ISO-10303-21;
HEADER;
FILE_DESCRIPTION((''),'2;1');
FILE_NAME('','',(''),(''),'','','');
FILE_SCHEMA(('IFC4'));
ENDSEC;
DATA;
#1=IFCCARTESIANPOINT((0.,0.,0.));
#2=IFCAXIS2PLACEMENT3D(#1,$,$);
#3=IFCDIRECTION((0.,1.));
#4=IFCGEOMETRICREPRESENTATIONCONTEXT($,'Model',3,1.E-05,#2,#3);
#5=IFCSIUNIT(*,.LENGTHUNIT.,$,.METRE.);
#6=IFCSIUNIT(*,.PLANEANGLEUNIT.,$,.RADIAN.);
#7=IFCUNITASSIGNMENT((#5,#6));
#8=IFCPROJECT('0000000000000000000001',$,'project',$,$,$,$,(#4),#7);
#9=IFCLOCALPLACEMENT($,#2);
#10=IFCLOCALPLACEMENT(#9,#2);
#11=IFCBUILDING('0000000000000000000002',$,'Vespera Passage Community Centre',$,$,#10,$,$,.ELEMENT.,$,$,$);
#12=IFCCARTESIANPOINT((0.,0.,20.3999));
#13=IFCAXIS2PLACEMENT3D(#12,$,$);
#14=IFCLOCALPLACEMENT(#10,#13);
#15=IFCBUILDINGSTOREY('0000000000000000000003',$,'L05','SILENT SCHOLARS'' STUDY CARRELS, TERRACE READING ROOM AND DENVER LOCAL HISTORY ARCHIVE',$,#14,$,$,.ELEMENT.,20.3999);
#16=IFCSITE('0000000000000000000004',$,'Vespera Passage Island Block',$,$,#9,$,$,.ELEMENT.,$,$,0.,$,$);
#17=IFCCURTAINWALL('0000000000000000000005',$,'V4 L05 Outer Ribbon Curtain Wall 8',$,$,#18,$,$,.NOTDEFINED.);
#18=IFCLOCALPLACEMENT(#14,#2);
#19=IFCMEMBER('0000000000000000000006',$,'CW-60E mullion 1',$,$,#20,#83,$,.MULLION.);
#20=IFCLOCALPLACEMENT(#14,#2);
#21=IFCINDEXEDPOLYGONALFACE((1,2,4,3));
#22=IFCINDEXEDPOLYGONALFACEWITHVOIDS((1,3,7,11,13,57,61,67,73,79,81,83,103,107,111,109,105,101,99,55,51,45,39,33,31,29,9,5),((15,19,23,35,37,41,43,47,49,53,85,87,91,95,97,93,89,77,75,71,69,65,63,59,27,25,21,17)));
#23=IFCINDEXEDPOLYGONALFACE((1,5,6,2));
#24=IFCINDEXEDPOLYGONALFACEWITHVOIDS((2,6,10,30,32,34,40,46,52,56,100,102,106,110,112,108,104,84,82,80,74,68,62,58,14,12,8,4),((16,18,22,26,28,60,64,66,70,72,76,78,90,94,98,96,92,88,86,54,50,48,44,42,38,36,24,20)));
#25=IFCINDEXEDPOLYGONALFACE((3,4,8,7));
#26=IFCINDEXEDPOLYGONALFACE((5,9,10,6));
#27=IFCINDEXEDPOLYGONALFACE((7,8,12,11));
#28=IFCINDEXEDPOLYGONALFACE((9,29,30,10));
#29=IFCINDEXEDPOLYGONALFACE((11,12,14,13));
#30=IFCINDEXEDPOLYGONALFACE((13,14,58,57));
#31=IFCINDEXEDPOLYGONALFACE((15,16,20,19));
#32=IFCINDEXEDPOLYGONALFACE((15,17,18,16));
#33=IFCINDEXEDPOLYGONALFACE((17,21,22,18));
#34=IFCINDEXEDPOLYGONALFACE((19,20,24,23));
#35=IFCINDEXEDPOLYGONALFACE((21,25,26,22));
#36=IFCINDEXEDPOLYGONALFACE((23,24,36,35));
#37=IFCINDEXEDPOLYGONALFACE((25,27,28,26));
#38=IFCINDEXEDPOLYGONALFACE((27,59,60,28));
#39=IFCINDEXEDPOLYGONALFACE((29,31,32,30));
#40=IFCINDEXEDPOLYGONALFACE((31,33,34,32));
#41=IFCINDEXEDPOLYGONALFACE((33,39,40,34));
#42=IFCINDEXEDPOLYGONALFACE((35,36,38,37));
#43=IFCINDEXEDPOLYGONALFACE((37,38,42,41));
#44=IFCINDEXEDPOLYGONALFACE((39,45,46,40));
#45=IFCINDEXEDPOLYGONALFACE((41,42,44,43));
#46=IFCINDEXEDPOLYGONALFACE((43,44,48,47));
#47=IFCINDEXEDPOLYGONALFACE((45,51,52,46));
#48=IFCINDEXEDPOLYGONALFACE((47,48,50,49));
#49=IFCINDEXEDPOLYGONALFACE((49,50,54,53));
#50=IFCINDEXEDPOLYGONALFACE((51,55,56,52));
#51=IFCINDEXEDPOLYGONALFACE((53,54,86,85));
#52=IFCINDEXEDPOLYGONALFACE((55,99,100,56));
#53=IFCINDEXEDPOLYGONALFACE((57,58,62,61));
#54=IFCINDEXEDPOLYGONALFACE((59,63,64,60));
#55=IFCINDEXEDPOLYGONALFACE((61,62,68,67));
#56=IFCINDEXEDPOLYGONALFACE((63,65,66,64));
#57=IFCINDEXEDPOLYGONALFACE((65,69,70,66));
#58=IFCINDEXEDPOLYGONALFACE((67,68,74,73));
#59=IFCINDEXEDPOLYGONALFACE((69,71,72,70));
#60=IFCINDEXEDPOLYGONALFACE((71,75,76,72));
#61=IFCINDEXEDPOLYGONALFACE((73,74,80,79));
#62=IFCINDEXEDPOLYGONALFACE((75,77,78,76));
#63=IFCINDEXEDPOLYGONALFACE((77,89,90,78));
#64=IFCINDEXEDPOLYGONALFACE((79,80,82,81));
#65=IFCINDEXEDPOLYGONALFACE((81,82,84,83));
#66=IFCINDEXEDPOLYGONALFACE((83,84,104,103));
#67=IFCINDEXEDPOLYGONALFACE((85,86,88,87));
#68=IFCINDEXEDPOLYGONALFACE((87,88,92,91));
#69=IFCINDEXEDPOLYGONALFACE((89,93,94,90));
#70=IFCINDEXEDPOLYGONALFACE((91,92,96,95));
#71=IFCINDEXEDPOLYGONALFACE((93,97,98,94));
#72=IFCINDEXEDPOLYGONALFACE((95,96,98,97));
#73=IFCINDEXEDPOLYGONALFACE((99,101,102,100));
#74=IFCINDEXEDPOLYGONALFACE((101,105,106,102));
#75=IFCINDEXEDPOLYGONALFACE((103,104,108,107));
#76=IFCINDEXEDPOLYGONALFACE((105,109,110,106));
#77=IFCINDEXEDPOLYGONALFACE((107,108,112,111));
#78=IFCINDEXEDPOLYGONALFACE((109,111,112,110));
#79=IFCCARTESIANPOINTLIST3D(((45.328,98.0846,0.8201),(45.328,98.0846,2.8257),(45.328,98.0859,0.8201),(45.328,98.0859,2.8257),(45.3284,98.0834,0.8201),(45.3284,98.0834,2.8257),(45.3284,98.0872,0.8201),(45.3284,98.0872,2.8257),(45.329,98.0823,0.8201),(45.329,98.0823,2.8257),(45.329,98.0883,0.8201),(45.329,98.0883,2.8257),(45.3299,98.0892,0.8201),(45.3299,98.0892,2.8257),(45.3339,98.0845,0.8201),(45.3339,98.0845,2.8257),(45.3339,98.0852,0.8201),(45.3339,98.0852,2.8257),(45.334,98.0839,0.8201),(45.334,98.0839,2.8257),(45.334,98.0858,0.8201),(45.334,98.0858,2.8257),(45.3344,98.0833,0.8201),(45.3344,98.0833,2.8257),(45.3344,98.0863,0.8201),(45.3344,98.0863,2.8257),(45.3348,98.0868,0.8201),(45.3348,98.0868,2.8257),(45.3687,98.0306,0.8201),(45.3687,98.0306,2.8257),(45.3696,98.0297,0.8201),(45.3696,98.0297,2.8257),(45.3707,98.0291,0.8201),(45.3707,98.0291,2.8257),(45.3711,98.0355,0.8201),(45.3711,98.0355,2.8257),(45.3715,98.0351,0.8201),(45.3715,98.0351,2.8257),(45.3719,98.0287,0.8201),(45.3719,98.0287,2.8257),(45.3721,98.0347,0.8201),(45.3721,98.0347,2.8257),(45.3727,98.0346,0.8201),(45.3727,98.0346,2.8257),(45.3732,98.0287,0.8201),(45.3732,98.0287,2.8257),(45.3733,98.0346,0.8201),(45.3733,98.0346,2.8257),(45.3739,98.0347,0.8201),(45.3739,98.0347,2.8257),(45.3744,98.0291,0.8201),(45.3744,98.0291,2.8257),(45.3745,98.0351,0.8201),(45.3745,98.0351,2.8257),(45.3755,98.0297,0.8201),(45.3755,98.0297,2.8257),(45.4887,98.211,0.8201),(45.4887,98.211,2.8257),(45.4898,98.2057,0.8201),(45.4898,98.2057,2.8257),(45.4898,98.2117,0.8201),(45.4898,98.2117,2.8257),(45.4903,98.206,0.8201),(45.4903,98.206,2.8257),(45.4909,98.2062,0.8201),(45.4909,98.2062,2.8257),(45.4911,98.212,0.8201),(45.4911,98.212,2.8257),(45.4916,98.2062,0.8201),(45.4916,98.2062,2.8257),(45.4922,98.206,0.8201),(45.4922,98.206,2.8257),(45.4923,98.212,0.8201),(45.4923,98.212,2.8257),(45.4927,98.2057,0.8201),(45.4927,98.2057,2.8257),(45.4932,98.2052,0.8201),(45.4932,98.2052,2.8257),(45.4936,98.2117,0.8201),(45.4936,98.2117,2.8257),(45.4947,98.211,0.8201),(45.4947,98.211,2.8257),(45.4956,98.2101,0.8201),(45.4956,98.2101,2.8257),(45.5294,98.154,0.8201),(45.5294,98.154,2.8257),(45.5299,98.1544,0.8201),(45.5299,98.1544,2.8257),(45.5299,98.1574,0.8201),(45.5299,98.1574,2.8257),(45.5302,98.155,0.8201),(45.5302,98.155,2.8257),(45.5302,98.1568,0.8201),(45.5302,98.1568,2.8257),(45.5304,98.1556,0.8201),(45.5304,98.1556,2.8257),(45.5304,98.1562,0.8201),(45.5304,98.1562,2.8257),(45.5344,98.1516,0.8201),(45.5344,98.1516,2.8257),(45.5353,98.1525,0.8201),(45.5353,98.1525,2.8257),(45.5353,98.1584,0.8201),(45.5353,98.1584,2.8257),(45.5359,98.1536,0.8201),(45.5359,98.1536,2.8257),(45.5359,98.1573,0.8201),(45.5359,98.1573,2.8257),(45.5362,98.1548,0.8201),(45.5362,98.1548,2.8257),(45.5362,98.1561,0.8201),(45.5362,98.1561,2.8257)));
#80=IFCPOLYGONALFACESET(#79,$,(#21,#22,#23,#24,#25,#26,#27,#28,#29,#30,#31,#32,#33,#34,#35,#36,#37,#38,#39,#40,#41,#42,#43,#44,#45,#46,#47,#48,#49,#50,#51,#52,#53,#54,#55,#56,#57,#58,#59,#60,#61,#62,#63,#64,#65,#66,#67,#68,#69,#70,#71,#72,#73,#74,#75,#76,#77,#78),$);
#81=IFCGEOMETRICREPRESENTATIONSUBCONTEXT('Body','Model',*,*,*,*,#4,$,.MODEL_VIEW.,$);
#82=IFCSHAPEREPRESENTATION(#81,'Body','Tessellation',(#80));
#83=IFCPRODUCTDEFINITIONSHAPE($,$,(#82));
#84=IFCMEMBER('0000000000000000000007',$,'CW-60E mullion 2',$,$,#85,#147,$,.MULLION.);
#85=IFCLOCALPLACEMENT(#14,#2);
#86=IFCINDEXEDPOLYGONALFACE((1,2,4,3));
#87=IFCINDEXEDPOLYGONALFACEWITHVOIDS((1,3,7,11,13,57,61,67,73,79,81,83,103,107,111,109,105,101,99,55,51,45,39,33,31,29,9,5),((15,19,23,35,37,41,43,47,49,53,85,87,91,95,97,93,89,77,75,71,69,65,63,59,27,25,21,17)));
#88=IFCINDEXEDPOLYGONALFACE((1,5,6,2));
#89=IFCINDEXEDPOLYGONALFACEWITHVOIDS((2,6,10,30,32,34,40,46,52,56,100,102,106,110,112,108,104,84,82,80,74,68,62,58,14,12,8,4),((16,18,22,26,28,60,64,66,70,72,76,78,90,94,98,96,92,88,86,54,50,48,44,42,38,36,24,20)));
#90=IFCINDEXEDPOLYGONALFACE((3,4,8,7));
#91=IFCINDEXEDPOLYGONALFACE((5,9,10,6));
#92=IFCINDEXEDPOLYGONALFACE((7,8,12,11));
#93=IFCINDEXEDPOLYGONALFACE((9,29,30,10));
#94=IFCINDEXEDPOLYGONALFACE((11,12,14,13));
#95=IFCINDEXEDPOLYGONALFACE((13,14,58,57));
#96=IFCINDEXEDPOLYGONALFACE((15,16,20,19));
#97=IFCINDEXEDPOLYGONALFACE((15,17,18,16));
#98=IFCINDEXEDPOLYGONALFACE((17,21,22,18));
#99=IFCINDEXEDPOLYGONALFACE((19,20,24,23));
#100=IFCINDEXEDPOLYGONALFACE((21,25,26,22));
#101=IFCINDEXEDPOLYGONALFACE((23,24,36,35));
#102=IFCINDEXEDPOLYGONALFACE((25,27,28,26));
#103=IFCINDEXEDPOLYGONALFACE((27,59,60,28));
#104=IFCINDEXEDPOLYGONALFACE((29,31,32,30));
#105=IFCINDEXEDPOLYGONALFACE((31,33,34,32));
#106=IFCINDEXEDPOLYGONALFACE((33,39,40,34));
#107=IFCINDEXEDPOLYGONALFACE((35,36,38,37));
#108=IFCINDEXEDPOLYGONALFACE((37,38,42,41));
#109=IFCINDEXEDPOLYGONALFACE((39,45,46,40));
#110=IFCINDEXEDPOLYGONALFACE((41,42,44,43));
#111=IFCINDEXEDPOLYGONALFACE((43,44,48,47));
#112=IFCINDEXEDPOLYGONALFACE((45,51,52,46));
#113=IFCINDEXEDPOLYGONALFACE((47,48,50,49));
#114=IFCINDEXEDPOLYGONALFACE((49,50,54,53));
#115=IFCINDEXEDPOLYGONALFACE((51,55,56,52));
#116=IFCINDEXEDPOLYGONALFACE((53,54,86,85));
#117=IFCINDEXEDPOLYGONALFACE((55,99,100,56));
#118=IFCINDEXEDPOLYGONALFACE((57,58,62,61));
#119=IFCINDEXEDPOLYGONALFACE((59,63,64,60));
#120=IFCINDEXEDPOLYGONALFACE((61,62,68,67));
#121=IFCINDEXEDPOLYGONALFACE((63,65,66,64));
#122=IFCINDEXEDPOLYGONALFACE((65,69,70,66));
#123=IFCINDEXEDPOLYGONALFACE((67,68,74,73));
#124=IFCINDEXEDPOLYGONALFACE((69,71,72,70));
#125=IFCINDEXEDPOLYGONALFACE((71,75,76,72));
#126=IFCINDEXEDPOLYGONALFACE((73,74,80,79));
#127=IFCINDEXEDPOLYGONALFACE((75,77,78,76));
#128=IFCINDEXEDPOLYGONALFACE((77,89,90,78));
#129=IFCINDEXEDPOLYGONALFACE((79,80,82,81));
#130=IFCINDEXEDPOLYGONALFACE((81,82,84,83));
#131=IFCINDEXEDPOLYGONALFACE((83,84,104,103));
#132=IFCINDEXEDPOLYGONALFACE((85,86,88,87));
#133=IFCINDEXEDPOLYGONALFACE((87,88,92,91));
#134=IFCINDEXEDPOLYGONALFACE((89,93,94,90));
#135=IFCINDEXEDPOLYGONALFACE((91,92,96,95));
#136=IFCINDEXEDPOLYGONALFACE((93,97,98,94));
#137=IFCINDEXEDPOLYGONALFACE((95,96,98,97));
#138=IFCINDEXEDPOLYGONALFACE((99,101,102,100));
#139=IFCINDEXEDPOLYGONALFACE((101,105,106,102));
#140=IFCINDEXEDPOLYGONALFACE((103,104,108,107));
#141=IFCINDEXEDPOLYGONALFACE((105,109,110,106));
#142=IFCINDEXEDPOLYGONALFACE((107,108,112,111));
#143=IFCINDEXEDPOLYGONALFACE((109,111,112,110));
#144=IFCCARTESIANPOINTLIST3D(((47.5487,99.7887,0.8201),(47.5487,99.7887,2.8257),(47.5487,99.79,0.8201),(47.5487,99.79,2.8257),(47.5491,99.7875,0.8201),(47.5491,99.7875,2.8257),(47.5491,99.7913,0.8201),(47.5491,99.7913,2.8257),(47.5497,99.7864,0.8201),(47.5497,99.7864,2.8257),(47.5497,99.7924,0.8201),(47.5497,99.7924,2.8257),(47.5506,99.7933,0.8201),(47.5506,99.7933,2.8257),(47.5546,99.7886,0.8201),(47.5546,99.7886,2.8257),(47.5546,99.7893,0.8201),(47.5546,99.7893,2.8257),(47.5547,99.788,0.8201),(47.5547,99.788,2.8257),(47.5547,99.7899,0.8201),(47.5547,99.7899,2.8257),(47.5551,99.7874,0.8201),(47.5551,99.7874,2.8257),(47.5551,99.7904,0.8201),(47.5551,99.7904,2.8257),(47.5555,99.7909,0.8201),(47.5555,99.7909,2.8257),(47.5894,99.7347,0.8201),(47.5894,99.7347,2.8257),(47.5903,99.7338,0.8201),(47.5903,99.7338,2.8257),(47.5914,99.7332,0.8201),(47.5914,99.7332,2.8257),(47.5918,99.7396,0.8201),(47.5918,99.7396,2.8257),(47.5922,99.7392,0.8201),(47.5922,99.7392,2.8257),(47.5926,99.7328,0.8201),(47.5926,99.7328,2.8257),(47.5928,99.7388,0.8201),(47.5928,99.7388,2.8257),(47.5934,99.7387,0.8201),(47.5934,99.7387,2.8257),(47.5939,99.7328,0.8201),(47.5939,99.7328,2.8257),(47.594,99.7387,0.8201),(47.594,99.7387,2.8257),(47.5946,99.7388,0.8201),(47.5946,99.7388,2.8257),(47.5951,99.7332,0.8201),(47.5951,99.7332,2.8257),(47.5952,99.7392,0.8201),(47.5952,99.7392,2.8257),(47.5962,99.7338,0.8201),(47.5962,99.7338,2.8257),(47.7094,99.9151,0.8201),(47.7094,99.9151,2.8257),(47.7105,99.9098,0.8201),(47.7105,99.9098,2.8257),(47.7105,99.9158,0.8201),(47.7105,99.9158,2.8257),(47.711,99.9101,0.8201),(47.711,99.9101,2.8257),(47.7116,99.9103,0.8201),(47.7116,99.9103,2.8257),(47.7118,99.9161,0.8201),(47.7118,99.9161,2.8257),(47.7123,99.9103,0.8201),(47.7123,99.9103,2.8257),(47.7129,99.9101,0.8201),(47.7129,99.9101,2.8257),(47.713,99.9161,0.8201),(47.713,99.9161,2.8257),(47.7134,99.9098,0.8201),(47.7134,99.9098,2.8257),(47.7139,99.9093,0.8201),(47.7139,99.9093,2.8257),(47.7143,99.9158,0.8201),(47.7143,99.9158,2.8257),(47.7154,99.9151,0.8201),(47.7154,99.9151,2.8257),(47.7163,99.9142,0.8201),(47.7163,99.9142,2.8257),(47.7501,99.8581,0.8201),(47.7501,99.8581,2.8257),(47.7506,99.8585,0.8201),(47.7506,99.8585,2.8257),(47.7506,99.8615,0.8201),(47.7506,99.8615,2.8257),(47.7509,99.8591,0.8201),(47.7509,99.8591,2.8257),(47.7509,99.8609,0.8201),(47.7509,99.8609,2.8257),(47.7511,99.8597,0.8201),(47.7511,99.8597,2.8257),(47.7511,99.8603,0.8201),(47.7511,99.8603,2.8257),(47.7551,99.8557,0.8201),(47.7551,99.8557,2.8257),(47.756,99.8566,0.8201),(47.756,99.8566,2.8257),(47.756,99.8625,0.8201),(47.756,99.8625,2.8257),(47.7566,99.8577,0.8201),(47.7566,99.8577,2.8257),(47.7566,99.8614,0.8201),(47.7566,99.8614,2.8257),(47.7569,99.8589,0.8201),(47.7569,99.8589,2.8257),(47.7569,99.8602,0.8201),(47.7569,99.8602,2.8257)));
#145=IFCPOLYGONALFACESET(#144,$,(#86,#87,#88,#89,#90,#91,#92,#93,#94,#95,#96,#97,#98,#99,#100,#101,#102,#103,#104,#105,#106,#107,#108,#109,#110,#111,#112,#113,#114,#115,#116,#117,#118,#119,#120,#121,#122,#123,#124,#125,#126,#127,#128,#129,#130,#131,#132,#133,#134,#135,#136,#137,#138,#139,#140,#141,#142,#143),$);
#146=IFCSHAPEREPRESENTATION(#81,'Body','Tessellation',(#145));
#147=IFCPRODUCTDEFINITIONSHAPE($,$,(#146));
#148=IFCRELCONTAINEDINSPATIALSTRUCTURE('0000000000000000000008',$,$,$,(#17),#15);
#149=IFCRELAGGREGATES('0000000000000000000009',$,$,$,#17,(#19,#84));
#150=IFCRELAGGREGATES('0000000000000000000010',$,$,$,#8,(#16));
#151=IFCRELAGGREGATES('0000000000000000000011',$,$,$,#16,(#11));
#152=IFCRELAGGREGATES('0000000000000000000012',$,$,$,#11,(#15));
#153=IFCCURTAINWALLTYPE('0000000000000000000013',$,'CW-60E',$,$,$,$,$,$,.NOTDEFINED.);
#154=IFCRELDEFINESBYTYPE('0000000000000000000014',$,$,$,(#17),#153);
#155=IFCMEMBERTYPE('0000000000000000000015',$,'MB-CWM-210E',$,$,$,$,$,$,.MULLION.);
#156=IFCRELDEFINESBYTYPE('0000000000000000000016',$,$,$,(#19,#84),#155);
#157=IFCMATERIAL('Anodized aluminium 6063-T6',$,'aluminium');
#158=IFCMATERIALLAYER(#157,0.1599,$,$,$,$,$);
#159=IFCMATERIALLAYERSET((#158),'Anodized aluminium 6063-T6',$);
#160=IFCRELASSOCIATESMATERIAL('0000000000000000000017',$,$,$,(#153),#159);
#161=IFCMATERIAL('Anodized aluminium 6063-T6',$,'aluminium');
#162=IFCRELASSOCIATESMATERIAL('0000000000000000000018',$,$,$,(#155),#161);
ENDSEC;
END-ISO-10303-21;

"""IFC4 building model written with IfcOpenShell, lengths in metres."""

from ifc_helpers import new_model, si_unit, direction, frame, origin, origin_2d, place, context, subcontext, project, spatial, hollow_rectangle, extrude, material, layer, layer_set, material_profile, profile_set, type_object, element, aggregate, save


model = new_model("IFC4")

# Units and contexts
model_context = context("Model", 3, precision=1e-05, world=origin(), true_north=direction((0.0, 1.0)))
body_context = subcontext(model_context, "Body", "Model", "MODEL_VIEW")
ifc_project = project(units=[si_unit("LENGTHUNIT", "METRE"), si_unit("PLANEANGLEUNIT", "RADIAN")], contexts=[model_context])

# Site, building, storey
site_placement = place(None, origin())
site = spatial("IfcSite", under=ifc_project, at=site_placement, Name="Vespera Passage Island Block", CompositionType="ELEMENT", RefElevation=0.0)
building_placement = place(site_placement, origin())
building = spatial("IfcBuilding", under=site, at=building_placement, Name="Vespera Passage Community Centre", CompositionType="ELEMENT")
storey_placement = place(building_placement, frame((0.0, 0.0, 20.3999)))
storey = spatial("IfcBuildingStorey", under=building, at=storey_placement, Name="L05", Description="SILENT SCHOLARS' STUDY CARRELS, TERRACE READING ROOM AND DENVER LOCAL HISTORY ARCHIVE", CompositionType="ELEMENT", Elevation=20.3999)

# Curtain wall, members
ifc_material_1 = material(Name="Anodized aluminium 6063-T6", Category="aluminium")
ifc_layer_1 = layer(ifc_material_1, 0.1599)
ifc_layer_set_1 = layer_set([ifc_layer_1], Name="Anodized aluminium 6063-T6")
curtain_wall_type_1 = type_object("IfcCurtainWallType", Name="CW-60E", PredefinedType="NOTDEFINED", material=ifc_layer_set_1)
curtain_wall_1_placement = place(storey_placement, origin())
curtain_wall_1 = element("IfcCurtainWall", 1, at=curtain_wall_1_placement, inside=storey, type_object=curtain_wall_type_1, Name="V4 L05 Outer Ribbon Curtain Wall 8", PredefinedType="NOTDEFINED")
ifc_material_2 = material(Name="Anodized aluminium 6063-T6", Category="aluminium")
ifc_material_profile_1 = material_profile(ifc_material_2, hollow_rectangle(XDim=0.075, YDim=0.21, WallThickness=0.0049, InnerFilletRadius=0.0024, OuterFilletRadius=0.0049, at=origin_2d()), Name="ALU210X75X5")
ifc_profile_set_1 = profile_set([ifc_material_profile_1], Name="Anodized aluminium 6063-T6")
member_type_1 = type_object("IfcMemberType", Name="MB-CWM-210E", PredefinedType="MULLION", material=ifc_profile_set_1)
member_1_placement = place(storey_placement, frame((45.4321, 98.1204, 0.8201), z_axis=(0.0, 0.0, 1.0), x_axis=(-0.608768, 0.793348, 0.0)))
member_1 = element("IfcMember", 2, at=member_1_placement, type_object=member_type_1, Name="CW-60E mullion 1", PredefinedType="MULLION", context=body_context, shape_type="SweptSolid", body=[
    extrude(hollow_rectangle(XDim=0.075, YDim=0.21, WallThickness=0.0049, InnerFilletRadius=0.0024, OuterFilletRadius=0.0049, at=origin_2d()), origin(), (0.0, 0.0, 1.0), 2.0056),
])
member_2_placement = place(storey_placement, frame((47.6528, 99.8245, 0.8201), z_axis=(0.0, 0.0, 1.0), x_axis=(-0.608768, 0.793348, 0.0)))
member_2 = element("IfcMember", 3, at=member_2_placement, type_object=member_type_1, Name="CW-60E mullion 2", PredefinedType="MULLION", context=body_context, shape_type="SweptSolid", body=[
    extrude(hollow_rectangle(XDim=0.075, YDim=0.21, WallThickness=0.0049, InnerFilletRadius=0.0024, OuterFilletRadius=0.0049, at=origin_2d()), origin(), (0.0, 0.0, 1.0), 2.0056),
])

aggregate(curtain_wall_1, [member_1, member_2])

save(model, "model.ifc")
